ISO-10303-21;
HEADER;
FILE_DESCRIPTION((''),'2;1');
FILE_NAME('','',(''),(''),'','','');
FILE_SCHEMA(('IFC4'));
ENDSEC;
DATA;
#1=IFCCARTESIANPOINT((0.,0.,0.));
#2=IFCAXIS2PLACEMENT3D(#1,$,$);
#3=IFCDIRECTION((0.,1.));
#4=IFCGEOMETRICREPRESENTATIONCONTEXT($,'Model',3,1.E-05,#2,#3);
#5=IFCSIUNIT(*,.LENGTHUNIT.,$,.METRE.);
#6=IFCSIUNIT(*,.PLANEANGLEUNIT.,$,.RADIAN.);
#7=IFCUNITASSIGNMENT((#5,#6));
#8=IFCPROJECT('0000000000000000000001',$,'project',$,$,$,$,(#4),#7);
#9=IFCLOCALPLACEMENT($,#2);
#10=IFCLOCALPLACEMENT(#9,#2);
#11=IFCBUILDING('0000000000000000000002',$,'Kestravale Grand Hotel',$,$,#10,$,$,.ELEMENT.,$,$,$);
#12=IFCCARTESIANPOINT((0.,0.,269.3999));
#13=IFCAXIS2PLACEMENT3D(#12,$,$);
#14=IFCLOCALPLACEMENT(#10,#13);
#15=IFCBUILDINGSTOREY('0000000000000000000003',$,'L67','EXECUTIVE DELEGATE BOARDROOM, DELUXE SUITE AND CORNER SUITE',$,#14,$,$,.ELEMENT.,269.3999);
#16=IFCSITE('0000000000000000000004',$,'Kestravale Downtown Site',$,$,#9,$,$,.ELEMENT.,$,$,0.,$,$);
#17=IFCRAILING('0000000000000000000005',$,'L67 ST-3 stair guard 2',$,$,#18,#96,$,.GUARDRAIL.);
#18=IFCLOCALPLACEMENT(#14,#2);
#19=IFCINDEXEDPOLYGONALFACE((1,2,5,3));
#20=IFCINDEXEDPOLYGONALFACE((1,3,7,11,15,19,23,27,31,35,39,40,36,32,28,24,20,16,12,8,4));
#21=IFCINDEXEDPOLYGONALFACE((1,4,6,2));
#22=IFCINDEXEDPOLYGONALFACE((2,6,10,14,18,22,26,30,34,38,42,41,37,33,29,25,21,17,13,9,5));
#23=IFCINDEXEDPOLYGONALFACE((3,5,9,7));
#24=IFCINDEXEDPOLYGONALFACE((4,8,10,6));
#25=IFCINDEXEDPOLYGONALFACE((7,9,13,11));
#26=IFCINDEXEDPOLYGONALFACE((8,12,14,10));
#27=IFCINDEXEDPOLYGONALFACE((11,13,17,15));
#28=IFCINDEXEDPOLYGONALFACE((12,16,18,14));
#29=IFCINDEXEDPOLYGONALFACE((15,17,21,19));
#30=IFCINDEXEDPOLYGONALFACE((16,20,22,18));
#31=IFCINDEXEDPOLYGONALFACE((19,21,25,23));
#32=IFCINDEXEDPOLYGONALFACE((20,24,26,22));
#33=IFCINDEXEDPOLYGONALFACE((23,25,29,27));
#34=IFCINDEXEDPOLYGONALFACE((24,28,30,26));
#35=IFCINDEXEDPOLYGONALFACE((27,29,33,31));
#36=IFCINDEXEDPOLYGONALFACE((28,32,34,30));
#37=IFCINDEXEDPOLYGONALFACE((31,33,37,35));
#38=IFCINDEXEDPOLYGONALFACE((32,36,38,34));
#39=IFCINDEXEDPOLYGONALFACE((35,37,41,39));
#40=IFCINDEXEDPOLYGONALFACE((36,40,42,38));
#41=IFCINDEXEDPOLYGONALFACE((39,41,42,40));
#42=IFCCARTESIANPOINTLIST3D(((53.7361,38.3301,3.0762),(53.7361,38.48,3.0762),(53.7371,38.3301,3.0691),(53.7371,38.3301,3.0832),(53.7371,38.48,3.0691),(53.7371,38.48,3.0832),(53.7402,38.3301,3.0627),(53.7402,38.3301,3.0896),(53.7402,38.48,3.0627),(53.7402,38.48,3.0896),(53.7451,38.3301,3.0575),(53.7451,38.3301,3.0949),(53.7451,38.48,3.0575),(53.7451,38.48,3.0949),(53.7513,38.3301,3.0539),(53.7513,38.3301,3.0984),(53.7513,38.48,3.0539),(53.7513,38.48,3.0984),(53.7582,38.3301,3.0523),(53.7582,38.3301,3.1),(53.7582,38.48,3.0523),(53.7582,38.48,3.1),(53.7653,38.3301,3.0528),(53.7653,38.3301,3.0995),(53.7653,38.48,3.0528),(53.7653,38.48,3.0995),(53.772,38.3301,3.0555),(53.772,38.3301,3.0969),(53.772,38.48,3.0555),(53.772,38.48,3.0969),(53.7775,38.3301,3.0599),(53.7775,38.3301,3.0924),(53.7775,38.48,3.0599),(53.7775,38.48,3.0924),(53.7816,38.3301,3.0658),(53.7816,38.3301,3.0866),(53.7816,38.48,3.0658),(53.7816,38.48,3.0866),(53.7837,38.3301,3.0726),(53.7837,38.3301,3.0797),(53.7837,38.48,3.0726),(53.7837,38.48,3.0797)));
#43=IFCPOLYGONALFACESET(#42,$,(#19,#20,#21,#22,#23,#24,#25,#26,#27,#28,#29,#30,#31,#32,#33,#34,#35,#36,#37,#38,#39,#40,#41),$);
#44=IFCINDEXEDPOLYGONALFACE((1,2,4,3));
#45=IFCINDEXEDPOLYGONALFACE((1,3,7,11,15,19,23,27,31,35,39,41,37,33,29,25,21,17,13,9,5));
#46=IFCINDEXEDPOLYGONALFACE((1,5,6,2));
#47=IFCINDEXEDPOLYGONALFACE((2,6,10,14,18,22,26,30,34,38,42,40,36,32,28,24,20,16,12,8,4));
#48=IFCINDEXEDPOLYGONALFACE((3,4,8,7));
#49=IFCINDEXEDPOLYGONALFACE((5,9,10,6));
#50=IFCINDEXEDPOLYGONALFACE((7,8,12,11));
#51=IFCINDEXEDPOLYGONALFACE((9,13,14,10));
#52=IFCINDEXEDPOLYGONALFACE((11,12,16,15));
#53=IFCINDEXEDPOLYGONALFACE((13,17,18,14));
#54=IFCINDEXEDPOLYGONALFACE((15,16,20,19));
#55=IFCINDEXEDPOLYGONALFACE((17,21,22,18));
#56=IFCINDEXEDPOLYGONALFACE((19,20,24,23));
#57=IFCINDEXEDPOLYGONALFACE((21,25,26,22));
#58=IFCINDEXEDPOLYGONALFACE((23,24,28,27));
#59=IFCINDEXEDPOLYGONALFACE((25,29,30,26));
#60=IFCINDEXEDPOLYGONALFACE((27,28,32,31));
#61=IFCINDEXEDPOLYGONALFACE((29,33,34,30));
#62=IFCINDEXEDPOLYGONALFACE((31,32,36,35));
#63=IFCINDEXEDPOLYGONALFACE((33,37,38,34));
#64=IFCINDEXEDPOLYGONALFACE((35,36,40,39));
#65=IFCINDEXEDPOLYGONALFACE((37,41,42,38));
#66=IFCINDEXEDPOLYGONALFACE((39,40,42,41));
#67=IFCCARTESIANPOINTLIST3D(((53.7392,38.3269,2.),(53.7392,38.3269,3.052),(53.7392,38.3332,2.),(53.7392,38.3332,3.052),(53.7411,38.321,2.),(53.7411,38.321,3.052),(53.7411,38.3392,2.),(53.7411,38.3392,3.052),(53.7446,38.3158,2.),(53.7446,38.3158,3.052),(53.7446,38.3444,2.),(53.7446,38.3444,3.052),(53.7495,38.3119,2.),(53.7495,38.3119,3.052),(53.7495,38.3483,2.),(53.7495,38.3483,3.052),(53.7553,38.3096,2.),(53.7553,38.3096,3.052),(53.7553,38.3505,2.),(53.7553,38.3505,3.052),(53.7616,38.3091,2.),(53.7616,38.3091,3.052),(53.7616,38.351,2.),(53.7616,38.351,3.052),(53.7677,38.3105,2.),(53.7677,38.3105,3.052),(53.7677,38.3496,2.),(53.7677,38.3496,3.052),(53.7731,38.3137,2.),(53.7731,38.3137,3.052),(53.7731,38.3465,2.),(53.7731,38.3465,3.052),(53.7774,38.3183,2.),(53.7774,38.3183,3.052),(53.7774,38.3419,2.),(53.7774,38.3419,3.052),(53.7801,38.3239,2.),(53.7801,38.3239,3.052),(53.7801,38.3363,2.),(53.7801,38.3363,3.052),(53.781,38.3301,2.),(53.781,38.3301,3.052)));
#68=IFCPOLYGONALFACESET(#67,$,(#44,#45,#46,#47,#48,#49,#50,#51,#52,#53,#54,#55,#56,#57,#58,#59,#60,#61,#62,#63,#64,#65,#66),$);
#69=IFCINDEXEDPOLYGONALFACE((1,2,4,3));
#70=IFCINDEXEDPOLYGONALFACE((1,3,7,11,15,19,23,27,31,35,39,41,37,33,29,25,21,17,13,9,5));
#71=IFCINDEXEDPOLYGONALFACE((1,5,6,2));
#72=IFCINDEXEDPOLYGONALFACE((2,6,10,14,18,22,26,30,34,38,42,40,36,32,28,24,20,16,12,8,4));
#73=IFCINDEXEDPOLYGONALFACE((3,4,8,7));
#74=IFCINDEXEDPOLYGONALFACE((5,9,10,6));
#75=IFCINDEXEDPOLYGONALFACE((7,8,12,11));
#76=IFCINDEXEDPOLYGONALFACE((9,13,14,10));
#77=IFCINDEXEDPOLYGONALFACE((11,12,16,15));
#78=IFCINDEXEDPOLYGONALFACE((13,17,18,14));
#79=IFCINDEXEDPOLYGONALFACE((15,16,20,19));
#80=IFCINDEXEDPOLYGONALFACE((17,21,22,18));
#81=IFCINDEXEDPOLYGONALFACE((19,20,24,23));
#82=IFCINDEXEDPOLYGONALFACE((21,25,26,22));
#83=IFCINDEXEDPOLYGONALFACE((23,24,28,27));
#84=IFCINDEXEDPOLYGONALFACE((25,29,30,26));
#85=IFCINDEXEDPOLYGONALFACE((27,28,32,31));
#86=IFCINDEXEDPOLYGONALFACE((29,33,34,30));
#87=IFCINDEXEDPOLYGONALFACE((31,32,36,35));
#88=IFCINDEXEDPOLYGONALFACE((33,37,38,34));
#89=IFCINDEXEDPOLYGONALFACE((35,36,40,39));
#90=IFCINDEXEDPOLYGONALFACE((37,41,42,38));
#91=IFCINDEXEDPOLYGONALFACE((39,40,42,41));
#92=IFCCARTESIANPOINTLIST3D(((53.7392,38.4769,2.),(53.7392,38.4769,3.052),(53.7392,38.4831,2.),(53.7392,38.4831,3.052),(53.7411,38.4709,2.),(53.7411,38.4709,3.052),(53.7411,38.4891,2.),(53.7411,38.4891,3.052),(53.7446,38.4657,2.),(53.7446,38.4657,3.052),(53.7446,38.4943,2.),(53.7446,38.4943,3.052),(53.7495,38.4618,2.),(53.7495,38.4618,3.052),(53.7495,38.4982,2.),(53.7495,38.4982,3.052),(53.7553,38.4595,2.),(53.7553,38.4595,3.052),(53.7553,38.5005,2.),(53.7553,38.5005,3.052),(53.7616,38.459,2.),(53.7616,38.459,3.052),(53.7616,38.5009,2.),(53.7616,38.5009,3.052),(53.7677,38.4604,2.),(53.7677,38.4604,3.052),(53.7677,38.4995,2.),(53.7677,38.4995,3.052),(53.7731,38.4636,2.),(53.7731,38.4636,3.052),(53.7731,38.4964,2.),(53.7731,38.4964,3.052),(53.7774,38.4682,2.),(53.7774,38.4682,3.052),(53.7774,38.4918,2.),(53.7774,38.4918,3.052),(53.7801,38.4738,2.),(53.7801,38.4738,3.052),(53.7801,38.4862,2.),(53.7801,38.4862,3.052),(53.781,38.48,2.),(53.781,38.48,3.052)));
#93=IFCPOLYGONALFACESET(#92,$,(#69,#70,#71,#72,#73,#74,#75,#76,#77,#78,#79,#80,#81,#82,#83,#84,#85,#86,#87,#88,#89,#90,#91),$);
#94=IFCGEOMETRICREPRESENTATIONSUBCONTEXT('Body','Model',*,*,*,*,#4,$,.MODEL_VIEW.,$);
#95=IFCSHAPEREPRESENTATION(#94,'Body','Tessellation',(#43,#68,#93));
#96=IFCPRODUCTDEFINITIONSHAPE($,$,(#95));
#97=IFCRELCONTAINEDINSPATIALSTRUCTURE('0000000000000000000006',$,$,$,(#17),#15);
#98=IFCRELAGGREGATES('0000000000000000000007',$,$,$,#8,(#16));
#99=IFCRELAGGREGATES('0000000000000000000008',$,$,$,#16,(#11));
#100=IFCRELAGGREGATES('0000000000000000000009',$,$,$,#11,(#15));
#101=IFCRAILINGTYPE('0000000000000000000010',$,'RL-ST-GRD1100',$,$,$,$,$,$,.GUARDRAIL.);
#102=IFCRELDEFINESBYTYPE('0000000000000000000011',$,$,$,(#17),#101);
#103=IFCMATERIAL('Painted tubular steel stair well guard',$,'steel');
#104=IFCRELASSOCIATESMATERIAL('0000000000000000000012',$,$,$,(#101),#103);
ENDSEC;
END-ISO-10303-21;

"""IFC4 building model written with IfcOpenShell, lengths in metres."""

from ifc_helpers import new_model, si_unit, direction, frame, origin, origin_2d, place, context, subcontext, project, spatial, circle, extrude, material, type_object, element, save


model = new_model("IFC4")

# Units and contexts
model_context = context("Model", 3, precision=1e-05, world=origin(), true_north=direction((0.0, 1.0)))
body_context = subcontext(model_context, "Body", "Model", "MODEL_VIEW")
ifc_project = project(units=[si_unit("LENGTHUNIT", "METRE"), si_unit("PLANEANGLEUNIT", "RADIAN")], contexts=[model_context])

# Site, building, storey
site_placement = place(None, origin())
site = spatial("IfcSite", under=ifc_project, at=site_placement, Name="Kestravale Downtown Site", CompositionType="ELEMENT", RefElevation=0.0)
building_placement = place(site_placement, origin())
building = spatial("IfcBuilding", under=site, at=building_placement, Name="Kestravale Grand Hotel", CompositionType="ELEMENT")
storey_placement = place(building_placement, frame((0.0, 0.0, 269.3999)))
storey = spatial("IfcBuildingStorey", under=building, at=storey_placement, Name="L67", Description="EXECUTIVE DELEGATE BOARDROOM, DELUXE SUITE AND CORNER SUITE", CompositionType="ELEMENT", Elevation=269.3999)

# Railing
ifc_material_1 = material(Name="Painted tubular steel stair well guard", Category="steel")
railing_type_1 = type_object("IfcRailingType", Name="RL-ST-GRD1100", PredefinedType="GUARDRAIL", material=ifc_material_1)
railing_1_placement = place(storey_placement, frame((53.76, 38.3301, 2.0)))
element("IfcRailing", 1, at=railing_1_placement, inside=storey, type_object=railing_type_1, Name="L67 ST-3 stair guard 2", PredefinedType="GUARDRAIL", context=body_context, shape_type="SweptSolid", body=[
    extrude(circle(Radius=0.0239, at=origin_2d()), frame((0.0, 0.0, 1.0762), z_axis=(0.0, 1.0, 0.0), x_axis=(-1.0, 0.0, 0.0)), (0.0, 0.0, 1.0), 0.1499),
    extrude(circle(Radius=0.021, at=origin_2d()), origin(), (0.0, 0.0, 1.0), 1.052),
    extrude(circle(Radius=0.021, at=origin_2d()), frame((0.0, 0.1499, 0.0)), (0.0, 0.0, 1.0), 1.052),
])

save(model, "model.ifc")
